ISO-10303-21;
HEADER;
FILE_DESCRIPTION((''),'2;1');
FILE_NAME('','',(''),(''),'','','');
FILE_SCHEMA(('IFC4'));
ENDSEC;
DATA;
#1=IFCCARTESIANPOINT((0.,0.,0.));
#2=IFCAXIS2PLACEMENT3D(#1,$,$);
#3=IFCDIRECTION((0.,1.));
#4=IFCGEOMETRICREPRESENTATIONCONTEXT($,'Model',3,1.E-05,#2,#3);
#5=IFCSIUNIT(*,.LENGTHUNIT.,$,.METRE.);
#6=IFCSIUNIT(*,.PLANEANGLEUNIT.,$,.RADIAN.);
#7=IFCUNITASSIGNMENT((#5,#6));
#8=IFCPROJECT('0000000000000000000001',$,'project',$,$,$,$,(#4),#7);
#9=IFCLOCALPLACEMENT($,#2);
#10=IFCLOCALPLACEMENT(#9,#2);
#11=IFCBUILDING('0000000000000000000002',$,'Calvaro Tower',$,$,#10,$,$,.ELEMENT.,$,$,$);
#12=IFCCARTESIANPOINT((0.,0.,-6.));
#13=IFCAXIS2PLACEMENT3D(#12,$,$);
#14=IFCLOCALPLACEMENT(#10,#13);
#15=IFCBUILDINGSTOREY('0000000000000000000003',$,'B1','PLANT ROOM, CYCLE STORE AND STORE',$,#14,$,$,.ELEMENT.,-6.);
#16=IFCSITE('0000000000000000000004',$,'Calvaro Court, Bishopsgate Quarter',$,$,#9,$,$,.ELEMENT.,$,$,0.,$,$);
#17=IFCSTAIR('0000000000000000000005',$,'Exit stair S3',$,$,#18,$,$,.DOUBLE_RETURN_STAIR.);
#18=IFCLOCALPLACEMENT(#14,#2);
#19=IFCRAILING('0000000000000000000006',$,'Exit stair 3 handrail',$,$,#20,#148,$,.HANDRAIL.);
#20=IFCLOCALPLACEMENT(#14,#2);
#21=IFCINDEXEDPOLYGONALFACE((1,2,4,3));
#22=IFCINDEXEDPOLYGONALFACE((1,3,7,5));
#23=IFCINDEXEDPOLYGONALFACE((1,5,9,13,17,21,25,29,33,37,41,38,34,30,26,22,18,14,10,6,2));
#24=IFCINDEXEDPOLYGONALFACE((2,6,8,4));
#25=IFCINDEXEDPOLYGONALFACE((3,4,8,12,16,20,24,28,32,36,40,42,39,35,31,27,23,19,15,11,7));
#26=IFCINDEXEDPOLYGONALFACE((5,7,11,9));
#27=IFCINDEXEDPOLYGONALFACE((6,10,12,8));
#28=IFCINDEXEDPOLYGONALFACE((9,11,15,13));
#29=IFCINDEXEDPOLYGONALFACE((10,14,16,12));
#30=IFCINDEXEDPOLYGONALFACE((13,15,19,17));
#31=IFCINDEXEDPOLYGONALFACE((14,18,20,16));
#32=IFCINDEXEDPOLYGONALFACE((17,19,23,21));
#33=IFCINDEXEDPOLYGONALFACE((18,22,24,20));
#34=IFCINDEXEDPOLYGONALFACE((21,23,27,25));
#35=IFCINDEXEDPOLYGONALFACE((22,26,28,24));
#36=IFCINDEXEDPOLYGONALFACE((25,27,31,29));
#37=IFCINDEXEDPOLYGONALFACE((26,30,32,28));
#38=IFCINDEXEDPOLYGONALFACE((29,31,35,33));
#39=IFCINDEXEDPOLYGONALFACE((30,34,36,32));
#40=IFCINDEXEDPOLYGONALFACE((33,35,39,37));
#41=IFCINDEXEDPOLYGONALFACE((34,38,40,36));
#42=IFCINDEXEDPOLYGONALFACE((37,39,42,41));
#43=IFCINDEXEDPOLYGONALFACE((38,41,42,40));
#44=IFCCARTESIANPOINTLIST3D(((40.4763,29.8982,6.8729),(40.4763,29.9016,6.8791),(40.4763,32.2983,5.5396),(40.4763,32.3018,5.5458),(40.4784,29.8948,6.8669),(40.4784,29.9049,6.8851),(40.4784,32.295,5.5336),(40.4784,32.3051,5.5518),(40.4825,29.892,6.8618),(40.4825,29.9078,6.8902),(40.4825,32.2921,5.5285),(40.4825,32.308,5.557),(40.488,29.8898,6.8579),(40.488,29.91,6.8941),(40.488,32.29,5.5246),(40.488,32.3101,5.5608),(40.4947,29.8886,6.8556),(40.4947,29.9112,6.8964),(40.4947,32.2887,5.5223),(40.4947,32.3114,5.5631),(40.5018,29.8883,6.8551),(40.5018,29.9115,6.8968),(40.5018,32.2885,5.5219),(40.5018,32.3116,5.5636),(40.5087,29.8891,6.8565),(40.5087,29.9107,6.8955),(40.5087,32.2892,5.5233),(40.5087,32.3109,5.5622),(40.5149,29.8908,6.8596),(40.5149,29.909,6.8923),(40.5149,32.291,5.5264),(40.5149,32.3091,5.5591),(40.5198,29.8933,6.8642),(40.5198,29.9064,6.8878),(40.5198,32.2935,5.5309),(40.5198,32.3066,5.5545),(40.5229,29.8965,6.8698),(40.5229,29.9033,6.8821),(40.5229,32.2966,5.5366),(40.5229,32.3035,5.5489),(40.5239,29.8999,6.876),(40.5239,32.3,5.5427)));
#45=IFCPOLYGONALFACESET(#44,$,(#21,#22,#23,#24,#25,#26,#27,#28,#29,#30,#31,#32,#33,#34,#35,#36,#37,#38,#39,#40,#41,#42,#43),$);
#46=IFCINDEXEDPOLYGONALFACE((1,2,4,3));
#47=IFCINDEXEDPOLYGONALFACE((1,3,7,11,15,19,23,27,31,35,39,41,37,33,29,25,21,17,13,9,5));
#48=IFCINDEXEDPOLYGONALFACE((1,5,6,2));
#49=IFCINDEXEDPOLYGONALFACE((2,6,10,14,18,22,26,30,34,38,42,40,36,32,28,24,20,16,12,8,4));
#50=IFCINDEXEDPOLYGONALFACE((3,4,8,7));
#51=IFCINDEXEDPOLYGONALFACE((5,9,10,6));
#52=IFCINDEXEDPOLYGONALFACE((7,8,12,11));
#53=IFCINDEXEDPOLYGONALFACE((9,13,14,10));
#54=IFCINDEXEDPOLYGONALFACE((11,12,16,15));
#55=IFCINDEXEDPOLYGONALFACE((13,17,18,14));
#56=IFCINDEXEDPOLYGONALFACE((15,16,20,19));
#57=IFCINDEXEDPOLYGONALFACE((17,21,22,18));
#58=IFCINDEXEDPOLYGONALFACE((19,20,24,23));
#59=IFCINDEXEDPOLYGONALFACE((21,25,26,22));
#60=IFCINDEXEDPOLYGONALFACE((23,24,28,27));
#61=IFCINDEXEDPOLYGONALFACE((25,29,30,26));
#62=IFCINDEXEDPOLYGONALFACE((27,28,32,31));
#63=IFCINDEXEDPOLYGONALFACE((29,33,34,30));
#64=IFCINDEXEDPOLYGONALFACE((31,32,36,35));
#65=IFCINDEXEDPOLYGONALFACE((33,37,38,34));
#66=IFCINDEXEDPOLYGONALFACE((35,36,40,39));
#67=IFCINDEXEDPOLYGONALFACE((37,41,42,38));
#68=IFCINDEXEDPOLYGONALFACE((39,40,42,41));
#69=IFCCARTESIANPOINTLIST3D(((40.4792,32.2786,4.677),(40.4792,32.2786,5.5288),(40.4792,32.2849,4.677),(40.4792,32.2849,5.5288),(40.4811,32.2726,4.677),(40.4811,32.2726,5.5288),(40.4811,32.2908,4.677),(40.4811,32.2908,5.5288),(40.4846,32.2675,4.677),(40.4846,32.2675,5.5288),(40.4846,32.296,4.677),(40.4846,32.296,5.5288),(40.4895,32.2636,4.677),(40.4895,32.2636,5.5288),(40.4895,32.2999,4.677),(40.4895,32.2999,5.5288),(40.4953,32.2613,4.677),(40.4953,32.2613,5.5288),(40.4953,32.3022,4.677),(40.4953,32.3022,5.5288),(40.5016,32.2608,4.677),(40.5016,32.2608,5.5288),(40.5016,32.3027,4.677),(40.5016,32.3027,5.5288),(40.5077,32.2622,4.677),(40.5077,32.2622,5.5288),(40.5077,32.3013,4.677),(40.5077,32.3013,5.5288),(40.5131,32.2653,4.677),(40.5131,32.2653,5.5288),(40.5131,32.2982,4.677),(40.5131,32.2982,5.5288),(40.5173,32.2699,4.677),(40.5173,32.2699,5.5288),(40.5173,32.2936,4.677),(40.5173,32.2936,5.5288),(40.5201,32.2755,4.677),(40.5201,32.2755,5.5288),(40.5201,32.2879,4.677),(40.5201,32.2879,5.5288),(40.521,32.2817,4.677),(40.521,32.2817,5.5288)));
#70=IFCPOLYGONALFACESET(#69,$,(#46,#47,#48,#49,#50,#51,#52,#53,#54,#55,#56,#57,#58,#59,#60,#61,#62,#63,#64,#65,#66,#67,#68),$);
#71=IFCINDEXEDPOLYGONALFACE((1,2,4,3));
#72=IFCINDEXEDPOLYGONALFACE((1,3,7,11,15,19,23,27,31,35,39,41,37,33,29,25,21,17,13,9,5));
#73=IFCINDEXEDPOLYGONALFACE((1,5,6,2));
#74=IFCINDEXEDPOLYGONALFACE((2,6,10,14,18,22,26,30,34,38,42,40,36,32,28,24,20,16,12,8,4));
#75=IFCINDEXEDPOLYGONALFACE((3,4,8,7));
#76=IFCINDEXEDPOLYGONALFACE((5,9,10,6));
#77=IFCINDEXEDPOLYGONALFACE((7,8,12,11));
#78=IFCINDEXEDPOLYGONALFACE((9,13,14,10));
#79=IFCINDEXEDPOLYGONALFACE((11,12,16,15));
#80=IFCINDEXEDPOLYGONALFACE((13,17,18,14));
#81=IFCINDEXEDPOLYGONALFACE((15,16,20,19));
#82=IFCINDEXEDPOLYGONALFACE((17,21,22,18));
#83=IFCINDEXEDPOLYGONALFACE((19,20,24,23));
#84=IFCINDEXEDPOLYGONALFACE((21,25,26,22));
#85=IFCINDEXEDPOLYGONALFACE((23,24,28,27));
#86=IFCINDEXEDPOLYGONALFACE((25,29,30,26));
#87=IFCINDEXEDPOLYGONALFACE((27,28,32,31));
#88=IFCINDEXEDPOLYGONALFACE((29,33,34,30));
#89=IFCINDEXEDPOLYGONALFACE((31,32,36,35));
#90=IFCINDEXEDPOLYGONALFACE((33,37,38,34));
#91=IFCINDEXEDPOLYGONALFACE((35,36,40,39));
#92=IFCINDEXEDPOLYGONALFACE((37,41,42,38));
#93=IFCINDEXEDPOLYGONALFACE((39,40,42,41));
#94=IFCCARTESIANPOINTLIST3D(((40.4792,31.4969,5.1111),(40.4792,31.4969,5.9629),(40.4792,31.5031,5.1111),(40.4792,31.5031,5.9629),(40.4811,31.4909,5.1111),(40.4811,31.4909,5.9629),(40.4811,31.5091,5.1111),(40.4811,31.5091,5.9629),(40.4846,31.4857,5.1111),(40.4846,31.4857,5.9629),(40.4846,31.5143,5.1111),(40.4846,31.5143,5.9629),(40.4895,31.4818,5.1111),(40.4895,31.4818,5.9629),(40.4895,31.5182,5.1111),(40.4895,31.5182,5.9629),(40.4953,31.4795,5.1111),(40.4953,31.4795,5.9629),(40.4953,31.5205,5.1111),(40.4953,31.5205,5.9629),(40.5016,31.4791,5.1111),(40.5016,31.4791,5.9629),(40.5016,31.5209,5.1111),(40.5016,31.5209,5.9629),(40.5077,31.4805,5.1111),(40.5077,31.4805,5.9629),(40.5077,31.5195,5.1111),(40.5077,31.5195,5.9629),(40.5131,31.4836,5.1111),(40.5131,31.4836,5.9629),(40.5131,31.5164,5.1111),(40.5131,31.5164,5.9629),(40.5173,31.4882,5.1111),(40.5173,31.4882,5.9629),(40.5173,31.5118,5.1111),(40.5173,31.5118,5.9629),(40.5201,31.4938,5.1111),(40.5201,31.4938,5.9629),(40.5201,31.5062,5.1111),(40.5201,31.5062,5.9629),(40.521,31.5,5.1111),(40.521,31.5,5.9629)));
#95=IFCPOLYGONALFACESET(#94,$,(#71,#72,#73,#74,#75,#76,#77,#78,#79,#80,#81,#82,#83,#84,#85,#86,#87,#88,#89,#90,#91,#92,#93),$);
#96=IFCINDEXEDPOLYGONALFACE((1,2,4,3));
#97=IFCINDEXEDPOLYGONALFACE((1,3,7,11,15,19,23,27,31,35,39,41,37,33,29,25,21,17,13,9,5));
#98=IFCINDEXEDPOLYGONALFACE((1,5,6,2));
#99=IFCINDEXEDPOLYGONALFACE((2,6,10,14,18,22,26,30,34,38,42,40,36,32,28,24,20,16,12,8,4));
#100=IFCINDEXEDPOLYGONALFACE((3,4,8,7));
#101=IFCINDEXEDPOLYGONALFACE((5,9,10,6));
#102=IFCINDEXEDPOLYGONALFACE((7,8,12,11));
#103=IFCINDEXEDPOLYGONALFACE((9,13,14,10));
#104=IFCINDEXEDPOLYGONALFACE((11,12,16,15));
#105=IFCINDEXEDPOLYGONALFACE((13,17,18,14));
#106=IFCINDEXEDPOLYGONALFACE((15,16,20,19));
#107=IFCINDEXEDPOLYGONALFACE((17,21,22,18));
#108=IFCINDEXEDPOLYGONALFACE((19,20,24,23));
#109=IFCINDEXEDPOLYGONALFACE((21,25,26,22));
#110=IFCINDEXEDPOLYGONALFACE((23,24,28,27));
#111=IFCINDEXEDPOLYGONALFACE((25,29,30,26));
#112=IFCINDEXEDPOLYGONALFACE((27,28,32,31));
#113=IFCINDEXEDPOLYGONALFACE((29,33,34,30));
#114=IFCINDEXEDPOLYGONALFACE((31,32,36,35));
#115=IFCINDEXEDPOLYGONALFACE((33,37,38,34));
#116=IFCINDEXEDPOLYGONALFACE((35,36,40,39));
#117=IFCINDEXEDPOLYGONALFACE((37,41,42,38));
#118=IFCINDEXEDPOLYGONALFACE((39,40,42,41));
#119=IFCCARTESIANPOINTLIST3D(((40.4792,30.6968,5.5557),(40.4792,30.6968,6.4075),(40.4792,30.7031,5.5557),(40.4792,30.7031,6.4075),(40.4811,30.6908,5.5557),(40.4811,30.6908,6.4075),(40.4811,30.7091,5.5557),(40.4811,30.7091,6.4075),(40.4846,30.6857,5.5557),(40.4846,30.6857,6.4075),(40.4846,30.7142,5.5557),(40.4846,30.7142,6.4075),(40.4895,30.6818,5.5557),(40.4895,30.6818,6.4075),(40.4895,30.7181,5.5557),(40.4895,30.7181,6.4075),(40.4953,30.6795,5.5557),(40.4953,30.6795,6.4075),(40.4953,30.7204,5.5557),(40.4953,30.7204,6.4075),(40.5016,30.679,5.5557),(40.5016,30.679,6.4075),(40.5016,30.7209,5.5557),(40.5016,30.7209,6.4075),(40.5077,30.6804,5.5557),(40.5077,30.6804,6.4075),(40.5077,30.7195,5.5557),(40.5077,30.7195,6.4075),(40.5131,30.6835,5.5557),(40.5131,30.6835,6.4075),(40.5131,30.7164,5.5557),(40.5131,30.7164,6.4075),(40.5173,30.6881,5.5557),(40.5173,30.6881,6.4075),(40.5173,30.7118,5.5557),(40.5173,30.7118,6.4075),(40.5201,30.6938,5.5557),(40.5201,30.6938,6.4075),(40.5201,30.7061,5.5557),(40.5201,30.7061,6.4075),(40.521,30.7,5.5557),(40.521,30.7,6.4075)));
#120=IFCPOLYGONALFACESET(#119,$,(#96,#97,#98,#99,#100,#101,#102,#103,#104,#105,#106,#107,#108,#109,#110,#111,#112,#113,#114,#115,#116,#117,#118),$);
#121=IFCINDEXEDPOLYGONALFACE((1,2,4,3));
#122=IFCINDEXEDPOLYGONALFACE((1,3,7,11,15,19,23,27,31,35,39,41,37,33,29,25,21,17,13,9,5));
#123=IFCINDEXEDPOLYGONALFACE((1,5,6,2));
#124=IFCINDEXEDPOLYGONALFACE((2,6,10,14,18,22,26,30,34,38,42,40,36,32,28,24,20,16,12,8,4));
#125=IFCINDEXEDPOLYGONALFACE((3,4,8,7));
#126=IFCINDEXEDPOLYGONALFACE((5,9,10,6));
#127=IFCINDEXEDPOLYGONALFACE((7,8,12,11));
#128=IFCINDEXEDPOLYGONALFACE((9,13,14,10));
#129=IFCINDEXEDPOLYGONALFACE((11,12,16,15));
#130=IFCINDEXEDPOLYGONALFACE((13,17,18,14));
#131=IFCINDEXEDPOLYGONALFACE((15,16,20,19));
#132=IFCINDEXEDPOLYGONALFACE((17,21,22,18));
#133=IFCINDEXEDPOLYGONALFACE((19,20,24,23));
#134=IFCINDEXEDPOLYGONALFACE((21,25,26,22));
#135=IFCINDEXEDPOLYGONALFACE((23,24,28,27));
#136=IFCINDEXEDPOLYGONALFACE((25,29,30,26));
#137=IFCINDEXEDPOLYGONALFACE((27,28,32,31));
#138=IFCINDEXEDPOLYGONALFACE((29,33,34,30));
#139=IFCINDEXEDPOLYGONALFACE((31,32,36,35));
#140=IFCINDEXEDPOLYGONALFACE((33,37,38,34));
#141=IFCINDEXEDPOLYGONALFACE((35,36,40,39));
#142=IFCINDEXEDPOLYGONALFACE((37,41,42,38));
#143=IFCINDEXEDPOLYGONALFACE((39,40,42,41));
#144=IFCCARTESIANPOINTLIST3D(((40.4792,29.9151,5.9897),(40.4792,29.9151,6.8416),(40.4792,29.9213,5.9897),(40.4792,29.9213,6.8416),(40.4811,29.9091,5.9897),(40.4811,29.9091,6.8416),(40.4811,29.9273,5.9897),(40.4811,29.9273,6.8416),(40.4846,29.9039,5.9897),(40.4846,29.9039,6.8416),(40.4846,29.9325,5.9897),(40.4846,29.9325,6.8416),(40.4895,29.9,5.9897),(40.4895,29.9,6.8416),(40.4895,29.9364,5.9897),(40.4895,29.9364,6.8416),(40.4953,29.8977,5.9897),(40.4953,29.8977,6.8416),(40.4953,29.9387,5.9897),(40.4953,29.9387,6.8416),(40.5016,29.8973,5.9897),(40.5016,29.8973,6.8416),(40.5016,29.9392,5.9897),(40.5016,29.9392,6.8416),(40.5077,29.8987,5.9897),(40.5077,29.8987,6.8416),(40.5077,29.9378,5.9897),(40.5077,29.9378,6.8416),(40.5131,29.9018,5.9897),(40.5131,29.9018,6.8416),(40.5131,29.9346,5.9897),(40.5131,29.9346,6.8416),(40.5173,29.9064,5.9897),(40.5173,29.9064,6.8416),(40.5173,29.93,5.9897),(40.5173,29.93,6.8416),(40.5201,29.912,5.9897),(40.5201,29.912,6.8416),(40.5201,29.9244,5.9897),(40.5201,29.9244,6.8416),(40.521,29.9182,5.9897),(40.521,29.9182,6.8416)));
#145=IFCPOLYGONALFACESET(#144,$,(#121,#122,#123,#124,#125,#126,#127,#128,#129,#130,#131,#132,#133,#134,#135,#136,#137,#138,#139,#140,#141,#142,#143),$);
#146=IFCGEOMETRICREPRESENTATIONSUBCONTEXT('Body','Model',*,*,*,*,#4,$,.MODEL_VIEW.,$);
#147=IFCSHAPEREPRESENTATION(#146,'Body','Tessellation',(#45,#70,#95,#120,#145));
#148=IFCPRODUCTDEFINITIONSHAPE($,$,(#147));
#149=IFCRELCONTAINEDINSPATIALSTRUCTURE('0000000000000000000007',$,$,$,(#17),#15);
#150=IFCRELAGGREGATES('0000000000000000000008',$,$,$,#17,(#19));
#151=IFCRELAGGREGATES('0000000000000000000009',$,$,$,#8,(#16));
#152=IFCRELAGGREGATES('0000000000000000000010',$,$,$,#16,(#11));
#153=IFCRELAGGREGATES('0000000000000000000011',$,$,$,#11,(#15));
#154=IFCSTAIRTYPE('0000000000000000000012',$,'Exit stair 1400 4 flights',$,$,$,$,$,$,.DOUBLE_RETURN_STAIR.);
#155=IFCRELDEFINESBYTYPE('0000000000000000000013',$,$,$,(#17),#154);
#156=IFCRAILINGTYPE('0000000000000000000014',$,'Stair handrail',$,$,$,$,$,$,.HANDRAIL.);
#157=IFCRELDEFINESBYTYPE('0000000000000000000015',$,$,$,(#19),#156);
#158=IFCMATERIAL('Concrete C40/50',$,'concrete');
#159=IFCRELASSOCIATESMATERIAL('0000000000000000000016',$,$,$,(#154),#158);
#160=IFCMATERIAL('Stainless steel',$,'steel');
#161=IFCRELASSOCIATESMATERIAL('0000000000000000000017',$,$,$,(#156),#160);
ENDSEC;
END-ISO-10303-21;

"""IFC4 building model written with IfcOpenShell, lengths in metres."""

from ifc_helpers import new_model, si_unit, direction, frame, origin, origin_2d, place, context, subcontext, project, spatial, circle, extrude, material, type_object, element, aggregate, save


model = new_model("IFC4")

# Units and contexts
model_context = context("Model", 3, precision=1e-05, world=origin(), true_north=direction((0.0, 1.0)))
body_context = subcontext(model_context, "Body", "Model", "MODEL_VIEW")
ifc_project = project(units=[si_unit("LENGTHUNIT", "METRE"), si_unit("PLANEANGLEUNIT", "RADIAN")], contexts=[model_context])

# Site, building, storey
site_placement = place(None, origin())
site = spatial("IfcSite", under=ifc_project, at=site_placement, Name="Calvaro Court, Bishopsgate Quarter", CompositionType="ELEMENT", RefElevation=0.0)
building_placement = place(site_placement, origin())
building = spatial("IfcBuilding", under=site, at=building_placement, Name="Calvaro Tower", CompositionType="ELEMENT")
storey_placement = place(building_placement, frame((0.0, 0.0, -6.0)))
storey = spatial("IfcBuildingStorey", under=building, at=storey_placement, Name="B1", Description="PLANT ROOM, CYCLE STORE AND STORE", CompositionType="ELEMENT", Elevation=-6.0)

# Stair
ifc_material_1 = material(Name="Concrete C40/50", Category="concrete")
stair_type = type_object("IfcStairType", Name="Exit stair 1400 4 flights", PredefinedType="DOUBLE_RETURN_STAIR", material=ifc_material_1)
stair_1_placement = place(storey_placement, origin())
stair_1 = element("IfcStair", 1, at=stair_1_placement, inside=storey, type_object=stair_type, Name="Exit stair S3", PredefinedType="DOUBLE_RETURN_STAIR")

# Railing
ifc_material_2 = material(Name="Stainless steel", Category="steel")
railing_type = type_object("IfcRailingType", Name="Stair handrail", PredefinedType="HANDRAIL", material=ifc_material_2)
railing_1_placement = place(storey_placement, frame((40.5, 32.3, 4.6667)))
railing_1 = element("IfcRailing", 2, at=railing_1_placement, type_object=railing_type, Name="Exit stair 3 handrail", PredefinedType="HANDRAIL", context=body_context, shape_type="SweptSolid", body=[
    extrude(circle(Radius=0.0239, at=origin_2d()), frame((0.0, 0.0, 0.876), z_axis=(0.0, -0.874182, 0.485598), x_axis=(1.0, 0.0, 0.0)), (0.0, 0.0, 1.0), 2.7456),
    extrude(circle(Radius=0.021, at=origin_2d()), frame((0.0, -0.0183, 0.0103)), (0.0, 0.0, 1.0), 0.8518),
    extrude(circle(Radius=0.021, at=origin_2d()), frame((0.0, -0.8, 0.4443)), (0.0, 0.0, 1.0), 0.8518),
    extrude(circle(Radius=0.021, at=origin_2d()), frame((0.0, -1.6001, 0.8889)), (0.0, 0.0, 1.0), 0.8518),
    extrude(circle(Radius=0.021, at=origin_2d()), frame((0.0, -2.3818, 1.323)), (0.0, 0.0, 1.0), 0.8518),
])
aggregate(stair_1, [railing_1])

save(model, "model.ifc")
